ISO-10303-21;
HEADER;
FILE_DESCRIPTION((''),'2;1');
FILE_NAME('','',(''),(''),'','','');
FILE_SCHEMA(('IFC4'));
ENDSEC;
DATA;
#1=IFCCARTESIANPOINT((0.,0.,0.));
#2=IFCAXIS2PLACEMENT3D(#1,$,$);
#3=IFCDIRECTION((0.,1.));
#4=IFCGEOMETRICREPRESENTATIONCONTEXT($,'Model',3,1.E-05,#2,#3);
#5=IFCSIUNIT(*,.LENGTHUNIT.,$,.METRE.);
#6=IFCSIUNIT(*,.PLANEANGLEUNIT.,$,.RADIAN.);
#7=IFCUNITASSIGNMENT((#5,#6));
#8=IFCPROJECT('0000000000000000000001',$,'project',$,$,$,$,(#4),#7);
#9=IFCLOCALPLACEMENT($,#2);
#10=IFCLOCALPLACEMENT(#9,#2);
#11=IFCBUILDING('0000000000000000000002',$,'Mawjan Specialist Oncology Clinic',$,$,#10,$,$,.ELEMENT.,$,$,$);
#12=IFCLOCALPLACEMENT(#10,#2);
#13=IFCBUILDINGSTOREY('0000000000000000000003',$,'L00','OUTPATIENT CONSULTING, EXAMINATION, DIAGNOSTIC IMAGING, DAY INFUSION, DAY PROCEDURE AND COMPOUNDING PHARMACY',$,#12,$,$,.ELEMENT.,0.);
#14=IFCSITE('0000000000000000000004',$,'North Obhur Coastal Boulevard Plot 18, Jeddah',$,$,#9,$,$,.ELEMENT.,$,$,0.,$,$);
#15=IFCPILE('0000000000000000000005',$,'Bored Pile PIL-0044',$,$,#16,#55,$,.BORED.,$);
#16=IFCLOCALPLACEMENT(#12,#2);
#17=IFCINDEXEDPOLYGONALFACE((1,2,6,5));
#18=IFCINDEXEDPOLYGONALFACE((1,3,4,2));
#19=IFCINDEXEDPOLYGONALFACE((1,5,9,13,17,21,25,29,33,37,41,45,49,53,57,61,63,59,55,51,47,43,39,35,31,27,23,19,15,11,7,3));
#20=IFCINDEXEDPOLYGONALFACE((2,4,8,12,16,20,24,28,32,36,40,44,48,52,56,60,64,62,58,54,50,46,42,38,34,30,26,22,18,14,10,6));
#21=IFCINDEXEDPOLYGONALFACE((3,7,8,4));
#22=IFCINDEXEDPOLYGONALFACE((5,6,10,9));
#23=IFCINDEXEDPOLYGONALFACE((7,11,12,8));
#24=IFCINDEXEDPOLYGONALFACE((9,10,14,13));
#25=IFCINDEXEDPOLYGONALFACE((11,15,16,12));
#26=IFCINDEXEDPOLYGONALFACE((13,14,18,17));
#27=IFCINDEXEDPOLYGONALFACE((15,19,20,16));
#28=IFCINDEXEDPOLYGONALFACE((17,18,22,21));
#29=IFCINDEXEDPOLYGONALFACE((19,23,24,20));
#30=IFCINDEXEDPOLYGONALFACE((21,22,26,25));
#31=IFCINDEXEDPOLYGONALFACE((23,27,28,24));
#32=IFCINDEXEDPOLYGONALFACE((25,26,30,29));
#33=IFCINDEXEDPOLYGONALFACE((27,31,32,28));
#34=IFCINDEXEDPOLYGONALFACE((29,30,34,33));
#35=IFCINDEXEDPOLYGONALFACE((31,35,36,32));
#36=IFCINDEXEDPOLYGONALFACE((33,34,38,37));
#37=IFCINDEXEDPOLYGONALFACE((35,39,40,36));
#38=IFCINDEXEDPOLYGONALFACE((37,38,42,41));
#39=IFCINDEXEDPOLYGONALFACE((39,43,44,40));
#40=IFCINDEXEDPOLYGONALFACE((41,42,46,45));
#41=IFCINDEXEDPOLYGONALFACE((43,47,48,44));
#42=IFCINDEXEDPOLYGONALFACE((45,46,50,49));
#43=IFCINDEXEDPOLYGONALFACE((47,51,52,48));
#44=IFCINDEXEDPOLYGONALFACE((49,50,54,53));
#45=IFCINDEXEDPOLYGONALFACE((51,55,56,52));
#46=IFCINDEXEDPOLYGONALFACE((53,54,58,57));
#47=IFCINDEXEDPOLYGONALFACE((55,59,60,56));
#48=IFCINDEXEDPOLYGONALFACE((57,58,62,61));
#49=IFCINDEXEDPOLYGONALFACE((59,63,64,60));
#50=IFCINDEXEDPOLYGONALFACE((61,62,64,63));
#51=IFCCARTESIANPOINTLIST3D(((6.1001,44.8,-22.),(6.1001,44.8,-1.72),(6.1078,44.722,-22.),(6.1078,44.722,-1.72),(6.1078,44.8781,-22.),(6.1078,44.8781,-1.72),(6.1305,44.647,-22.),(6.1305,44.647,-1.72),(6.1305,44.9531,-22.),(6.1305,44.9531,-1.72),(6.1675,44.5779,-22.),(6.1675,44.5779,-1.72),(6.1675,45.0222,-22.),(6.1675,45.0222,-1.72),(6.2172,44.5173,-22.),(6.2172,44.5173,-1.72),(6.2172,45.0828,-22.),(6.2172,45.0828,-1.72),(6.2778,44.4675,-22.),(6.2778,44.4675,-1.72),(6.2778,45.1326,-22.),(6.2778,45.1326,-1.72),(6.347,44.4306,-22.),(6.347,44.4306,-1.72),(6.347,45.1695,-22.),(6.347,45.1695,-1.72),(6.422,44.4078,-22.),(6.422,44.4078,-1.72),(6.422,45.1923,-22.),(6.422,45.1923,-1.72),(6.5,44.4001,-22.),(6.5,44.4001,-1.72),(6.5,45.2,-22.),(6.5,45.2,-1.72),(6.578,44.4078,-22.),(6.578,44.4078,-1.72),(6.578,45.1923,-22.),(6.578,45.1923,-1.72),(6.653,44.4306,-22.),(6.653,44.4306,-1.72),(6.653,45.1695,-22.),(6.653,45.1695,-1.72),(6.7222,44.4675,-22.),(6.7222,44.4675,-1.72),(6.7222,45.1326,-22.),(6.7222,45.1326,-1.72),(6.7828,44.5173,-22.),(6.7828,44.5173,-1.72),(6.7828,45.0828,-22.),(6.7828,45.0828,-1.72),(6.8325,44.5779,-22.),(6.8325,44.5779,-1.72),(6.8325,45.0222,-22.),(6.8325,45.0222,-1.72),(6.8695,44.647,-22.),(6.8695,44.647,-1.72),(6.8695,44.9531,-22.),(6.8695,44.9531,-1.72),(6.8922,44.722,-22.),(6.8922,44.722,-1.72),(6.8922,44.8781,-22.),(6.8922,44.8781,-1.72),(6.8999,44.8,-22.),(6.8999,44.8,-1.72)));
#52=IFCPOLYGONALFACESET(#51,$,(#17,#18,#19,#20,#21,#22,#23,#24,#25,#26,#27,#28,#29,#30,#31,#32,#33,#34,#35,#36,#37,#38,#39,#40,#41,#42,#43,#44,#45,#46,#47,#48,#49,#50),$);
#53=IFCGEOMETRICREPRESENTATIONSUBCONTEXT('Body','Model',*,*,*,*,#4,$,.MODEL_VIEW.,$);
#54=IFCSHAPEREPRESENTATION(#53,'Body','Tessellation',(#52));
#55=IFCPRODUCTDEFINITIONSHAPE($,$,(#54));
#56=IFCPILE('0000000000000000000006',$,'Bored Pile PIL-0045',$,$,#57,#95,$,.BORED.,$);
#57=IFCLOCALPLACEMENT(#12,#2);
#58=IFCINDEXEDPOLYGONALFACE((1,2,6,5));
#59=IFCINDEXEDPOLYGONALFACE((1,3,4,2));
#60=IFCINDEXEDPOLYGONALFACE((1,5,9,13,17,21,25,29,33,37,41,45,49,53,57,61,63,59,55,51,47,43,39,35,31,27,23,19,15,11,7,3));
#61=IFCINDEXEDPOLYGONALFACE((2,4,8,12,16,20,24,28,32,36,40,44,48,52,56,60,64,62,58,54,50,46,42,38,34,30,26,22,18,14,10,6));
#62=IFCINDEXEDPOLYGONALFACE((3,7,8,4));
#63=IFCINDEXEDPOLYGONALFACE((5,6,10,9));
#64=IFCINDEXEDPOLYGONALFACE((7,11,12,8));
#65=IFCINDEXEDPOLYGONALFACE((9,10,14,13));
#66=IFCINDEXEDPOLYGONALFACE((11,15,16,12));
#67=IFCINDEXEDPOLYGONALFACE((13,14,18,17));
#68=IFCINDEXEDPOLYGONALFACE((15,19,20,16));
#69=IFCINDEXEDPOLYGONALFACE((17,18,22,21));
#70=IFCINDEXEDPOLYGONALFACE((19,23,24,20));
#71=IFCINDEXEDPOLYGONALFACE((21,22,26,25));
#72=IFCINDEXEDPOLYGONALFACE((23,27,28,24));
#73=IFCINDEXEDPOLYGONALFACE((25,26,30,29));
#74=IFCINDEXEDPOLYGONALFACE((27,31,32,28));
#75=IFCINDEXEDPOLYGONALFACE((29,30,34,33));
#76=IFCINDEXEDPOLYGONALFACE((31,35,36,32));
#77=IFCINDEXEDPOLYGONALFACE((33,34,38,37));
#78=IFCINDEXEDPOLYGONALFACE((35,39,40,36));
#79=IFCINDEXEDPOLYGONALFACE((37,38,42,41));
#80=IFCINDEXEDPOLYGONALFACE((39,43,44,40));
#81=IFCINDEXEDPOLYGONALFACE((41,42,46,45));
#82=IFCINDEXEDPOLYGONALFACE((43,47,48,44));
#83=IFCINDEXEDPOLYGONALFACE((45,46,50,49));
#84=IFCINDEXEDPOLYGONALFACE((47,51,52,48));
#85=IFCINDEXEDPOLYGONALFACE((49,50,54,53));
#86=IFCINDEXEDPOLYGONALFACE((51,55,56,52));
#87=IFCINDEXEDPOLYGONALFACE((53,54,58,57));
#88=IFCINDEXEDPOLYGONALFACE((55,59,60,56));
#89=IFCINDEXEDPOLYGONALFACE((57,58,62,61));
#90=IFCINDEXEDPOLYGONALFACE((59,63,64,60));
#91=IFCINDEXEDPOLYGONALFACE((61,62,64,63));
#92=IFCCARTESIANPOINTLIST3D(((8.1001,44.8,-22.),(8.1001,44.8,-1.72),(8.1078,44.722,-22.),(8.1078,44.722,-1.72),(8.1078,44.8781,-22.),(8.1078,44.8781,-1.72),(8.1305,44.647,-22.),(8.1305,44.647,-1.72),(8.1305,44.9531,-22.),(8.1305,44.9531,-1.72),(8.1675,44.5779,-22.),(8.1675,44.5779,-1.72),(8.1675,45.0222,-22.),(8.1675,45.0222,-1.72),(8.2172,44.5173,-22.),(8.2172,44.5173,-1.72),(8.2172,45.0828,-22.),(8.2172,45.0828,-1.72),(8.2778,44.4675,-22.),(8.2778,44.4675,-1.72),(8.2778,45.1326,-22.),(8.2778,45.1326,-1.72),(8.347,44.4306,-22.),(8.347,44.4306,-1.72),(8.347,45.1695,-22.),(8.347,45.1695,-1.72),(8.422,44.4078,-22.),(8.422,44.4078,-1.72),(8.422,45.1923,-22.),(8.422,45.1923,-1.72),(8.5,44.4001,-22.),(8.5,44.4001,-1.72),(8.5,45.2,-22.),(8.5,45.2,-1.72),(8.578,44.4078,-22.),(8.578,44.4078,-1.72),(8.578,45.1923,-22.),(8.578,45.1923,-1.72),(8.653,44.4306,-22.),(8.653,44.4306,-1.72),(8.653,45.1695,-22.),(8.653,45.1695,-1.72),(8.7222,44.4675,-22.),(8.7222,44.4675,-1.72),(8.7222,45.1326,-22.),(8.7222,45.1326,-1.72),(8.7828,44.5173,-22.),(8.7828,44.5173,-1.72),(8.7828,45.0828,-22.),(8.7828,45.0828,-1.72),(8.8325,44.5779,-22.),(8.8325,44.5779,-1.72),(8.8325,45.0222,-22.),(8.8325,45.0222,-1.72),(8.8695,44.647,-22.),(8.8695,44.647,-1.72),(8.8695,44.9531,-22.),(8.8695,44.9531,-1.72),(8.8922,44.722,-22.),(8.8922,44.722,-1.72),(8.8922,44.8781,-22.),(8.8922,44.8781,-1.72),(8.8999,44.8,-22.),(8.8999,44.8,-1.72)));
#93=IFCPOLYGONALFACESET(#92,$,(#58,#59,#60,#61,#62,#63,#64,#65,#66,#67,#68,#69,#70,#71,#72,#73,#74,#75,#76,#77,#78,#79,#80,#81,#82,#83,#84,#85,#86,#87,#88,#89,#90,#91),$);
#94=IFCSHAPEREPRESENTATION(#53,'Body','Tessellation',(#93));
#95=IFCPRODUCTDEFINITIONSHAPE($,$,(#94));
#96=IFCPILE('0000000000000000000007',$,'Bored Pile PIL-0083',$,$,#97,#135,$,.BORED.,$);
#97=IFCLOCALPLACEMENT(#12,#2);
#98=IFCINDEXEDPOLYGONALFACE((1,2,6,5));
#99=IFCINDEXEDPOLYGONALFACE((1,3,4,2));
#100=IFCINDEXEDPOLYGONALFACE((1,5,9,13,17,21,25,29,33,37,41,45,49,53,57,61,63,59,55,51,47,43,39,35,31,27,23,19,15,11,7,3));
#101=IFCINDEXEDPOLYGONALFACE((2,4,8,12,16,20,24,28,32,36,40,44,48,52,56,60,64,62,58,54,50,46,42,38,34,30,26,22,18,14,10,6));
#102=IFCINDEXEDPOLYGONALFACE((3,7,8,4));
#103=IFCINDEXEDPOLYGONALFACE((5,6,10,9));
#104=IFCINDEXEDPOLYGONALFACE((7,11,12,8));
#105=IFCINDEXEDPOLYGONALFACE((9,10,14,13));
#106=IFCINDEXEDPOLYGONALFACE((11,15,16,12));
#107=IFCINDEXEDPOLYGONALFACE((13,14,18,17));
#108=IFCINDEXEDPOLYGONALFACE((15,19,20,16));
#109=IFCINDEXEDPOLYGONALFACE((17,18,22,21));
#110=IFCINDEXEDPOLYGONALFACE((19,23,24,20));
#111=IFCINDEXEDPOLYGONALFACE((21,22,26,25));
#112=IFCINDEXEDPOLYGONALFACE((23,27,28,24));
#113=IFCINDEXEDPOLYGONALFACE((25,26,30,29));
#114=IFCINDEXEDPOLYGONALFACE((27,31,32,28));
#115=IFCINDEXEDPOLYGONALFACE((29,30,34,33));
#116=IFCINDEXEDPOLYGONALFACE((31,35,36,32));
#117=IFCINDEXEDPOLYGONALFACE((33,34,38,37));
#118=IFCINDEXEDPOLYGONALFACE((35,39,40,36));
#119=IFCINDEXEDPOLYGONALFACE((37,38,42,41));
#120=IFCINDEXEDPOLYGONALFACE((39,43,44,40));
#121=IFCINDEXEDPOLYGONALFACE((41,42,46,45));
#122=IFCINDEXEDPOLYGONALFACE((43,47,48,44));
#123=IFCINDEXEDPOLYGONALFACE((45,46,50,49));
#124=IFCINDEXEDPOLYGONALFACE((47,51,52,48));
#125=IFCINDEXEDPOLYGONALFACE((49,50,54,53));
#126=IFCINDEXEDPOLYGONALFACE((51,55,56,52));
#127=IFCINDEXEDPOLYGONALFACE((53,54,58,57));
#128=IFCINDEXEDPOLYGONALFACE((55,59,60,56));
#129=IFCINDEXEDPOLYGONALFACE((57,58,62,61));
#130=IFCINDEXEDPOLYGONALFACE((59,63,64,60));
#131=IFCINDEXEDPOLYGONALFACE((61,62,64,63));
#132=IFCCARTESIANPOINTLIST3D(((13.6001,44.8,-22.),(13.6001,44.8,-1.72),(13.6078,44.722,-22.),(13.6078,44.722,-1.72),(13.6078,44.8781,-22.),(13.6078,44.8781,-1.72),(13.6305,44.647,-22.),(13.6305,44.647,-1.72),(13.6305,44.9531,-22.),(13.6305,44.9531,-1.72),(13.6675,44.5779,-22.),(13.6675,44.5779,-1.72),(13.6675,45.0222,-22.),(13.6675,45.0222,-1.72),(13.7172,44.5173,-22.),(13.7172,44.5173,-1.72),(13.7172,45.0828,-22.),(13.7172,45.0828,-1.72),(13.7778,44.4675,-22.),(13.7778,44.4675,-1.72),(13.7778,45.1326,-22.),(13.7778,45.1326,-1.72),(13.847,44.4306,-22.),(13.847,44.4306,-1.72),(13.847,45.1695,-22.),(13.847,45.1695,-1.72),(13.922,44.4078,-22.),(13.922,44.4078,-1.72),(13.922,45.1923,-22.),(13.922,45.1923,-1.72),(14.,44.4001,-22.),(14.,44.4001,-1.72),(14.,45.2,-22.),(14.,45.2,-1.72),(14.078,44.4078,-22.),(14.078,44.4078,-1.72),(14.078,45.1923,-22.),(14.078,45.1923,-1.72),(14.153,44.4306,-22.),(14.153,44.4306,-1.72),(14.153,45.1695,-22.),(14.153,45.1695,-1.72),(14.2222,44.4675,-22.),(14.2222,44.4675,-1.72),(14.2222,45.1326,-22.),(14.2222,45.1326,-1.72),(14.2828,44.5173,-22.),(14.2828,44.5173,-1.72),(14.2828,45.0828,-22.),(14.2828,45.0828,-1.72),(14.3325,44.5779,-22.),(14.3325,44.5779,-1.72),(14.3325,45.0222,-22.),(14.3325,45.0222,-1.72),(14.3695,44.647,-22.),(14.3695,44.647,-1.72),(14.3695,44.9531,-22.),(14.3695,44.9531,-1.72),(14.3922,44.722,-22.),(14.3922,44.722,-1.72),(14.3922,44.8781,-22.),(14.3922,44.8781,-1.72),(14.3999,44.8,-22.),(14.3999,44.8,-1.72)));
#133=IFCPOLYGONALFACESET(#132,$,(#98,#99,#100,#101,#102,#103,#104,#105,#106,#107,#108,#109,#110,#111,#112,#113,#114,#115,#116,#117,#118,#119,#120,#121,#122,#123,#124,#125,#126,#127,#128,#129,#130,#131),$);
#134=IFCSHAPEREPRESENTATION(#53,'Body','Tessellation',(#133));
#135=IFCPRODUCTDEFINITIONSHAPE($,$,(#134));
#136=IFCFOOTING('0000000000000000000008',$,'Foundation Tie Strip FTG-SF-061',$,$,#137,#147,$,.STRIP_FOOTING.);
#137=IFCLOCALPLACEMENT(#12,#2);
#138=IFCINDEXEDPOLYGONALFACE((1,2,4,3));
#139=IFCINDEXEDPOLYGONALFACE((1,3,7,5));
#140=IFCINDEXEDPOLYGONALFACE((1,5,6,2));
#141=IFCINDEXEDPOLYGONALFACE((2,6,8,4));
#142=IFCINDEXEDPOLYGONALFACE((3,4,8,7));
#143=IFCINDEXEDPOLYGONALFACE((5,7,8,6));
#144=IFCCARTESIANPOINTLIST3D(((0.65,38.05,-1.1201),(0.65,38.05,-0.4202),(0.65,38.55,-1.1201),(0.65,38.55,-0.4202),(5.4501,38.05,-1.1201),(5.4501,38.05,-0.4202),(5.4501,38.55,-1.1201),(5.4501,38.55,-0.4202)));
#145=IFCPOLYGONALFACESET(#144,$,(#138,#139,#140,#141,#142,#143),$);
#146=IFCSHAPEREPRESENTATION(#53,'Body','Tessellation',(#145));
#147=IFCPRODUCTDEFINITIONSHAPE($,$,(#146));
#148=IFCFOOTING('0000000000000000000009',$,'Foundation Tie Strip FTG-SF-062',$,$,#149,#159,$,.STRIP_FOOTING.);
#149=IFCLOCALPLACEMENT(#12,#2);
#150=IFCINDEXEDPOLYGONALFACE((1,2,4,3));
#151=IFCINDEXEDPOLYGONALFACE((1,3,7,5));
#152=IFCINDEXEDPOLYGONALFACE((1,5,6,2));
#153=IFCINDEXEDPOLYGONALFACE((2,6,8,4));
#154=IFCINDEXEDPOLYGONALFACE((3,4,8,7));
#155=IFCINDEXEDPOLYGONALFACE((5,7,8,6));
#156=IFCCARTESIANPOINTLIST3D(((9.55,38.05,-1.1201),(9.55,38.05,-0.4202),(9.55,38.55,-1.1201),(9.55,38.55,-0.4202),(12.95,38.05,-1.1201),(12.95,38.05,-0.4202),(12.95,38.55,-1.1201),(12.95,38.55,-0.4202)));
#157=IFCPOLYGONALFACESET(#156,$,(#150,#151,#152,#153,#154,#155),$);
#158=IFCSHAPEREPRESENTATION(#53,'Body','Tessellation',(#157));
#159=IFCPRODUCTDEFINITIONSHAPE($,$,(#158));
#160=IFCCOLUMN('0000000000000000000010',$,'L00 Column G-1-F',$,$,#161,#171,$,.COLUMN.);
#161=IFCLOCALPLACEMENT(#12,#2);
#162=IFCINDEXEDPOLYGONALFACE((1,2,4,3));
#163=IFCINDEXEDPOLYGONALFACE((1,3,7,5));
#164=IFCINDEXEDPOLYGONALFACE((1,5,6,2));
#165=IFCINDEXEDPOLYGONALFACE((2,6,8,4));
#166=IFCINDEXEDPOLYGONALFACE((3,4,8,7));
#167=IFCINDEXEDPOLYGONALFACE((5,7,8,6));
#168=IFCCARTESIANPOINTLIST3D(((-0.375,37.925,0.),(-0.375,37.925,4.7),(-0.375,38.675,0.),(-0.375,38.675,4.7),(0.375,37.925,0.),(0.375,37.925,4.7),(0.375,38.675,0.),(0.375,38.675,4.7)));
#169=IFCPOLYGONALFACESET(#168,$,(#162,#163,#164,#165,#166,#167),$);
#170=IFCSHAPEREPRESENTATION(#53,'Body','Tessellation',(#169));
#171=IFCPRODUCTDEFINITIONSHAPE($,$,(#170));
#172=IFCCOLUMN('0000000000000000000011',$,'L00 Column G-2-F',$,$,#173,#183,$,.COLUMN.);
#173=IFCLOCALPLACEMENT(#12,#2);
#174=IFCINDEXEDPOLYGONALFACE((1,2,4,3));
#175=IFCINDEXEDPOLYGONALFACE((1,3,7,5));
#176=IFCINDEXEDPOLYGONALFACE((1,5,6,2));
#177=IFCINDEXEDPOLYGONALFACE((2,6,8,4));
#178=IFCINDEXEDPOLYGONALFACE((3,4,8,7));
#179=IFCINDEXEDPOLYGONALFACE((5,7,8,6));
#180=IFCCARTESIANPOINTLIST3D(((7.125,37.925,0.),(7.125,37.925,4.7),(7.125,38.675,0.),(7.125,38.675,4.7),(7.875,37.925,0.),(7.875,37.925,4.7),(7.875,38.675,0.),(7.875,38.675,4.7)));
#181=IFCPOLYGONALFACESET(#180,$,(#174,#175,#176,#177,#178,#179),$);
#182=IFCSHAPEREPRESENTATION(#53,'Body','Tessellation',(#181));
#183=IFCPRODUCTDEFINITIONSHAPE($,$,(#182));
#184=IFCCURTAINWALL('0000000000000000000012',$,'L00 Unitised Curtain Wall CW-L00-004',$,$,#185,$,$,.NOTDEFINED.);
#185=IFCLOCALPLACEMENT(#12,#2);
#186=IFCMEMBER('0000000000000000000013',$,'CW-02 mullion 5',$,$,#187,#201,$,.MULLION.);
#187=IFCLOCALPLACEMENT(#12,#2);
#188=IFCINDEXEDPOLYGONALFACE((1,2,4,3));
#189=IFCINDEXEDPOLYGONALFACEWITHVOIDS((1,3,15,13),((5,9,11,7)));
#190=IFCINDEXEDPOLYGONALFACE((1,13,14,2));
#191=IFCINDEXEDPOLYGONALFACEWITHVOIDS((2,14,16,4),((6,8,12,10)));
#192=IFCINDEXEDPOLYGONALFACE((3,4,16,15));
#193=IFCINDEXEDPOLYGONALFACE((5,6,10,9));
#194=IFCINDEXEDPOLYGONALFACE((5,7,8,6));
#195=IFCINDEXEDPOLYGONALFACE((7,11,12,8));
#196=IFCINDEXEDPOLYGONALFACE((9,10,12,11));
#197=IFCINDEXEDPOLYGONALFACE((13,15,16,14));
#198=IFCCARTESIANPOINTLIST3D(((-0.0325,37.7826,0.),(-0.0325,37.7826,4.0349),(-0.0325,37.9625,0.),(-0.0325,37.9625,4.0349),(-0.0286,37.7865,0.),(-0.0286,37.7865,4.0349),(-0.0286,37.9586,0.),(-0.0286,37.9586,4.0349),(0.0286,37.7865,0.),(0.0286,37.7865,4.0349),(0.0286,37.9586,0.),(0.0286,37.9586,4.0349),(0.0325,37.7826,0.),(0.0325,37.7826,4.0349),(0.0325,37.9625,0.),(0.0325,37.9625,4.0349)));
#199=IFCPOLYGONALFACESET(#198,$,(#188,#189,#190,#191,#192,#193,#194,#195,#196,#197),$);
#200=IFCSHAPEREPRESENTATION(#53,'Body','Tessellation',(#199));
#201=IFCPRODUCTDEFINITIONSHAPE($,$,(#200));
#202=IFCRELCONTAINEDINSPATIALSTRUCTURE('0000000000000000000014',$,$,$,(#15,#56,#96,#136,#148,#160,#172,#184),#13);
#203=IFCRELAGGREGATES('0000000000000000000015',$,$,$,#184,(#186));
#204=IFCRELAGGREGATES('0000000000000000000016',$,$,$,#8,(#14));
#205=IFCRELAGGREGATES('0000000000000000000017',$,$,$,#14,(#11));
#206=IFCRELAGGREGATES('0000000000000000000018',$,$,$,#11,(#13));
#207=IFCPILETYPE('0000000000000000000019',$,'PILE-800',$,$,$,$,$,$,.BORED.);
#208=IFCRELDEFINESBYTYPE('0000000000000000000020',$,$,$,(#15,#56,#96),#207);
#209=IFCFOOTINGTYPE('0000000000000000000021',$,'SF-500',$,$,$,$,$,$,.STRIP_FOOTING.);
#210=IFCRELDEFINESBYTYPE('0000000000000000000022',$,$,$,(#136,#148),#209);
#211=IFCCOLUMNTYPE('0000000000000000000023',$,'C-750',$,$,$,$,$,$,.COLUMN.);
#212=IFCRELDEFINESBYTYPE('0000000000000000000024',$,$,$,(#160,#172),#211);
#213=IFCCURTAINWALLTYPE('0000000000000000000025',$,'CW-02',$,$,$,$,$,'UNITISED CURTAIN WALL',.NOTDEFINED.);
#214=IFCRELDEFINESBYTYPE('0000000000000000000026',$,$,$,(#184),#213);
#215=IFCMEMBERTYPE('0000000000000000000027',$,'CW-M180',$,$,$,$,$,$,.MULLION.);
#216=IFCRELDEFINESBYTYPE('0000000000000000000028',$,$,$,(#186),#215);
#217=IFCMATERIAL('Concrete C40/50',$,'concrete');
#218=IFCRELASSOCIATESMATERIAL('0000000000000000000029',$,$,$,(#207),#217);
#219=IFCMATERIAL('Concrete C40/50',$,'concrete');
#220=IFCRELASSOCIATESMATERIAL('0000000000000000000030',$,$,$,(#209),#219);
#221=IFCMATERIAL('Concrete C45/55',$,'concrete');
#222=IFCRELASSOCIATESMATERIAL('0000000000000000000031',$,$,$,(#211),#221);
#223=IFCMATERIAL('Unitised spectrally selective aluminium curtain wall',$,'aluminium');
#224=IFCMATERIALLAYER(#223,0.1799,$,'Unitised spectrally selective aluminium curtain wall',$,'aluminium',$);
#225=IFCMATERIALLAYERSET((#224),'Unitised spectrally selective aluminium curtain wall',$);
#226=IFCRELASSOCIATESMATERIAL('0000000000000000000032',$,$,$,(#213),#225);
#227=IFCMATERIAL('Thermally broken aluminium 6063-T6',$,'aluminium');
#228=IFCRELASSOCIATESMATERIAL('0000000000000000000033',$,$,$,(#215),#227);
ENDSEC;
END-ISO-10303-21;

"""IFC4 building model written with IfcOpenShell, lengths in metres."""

from ifc_helpers import new_model, si_unit, direction, frame, origin, origin_2d, place, context, subcontext, project, spatial, rectangle, hollow_rectangle, circle, extrude, material, layer, layer_set, material_profile, profile_set, type_object, element, aggregate, save


model = new_model("IFC4")

# Units and contexts
model_context = context("Model", 3, precision=1e-05, world=origin(), true_north=direction((0.0, 1.0)))
body_context = subcontext(model_context, "Body", "Model", "MODEL_VIEW")
ifc_project = project(units=[si_unit("LENGTHUNIT", "METRE"), si_unit("PLANEANGLEUNIT", "RADIAN")], contexts=[model_context])

# Site, building, storey
site_placement = place(None, origin())
site = spatial("IfcSite", under=ifc_project, at=site_placement, Name="North Obhur Coastal Boulevard Plot 18, Jeddah", CompositionType="ELEMENT", RefElevation=0.0)
building_placement = place(site_placement, origin())
building = spatial("IfcBuilding", under=site, at=building_placement, Name="Mawjan Specialist Oncology Clinic", CompositionType="ELEMENT")
storey_placement = place(building_placement, origin())
storey = spatial("IfcBuildingStorey", under=building, at=storey_placement, Name="L00", Description="OUTPATIENT CONSULTING, EXAMINATION, DIAGNOSTIC IMAGING, DAY INFUSION, DAY PROCEDURE AND COMPOUNDING PHARMACY", CompositionType="ELEMENT", Elevation=0.0)

# Piles
ifc_material_1 = material(Name="Concrete C40/50", Category="concrete")
ifc_material_profile_1 = material_profile(ifc_material_1, circle(Radius=0.3999, at=origin_2d()), Name="BORED PILE D800", Category="concrete")
ifc_profile_set_1 = profile_set([ifc_material_profile_1], Name="Concrete C40/50")
pile_type_1 = type_object("IfcPileType", Name="PILE-800", PredefinedType="BORED", material=ifc_profile_set_1)
for number, where, z_axis, x_axis, name in (
    (1, (6.5, 44.8, -1.72), (0.0, 0.0, -1.0), (1.0, 0.0, 0.0), "Bored Pile PIL-0044"),
    (2, (8.5, 44.8, -1.72), (0.0, 0.0, -1.0), (1.0, 0.0, 0.0), "Bored Pile PIL-0045"),
    (3, (14.0, 44.8, -1.72), (0.0, 0.0, -1.0), (1.0, 0.0, 0.0), "Bored Pile PIL-0083"),
):
    element("IfcPile", number, at=place(storey_placement, frame(where, z_axis=z_axis, x_axis=x_axis)), inside=storey, type_object=pile_type_1, Name=name, PredefinedType="BORED", context=body_context, shape_type="SweptSolid", body=[
        extrude(circle(Radius=0.3999, at=origin_2d()), origin(), (0.0, 0.0, 1.0), 20.28),
    ])

# Footings
ifc_material_2 = material(Name="Concrete C40/50", Category="concrete")
footing_type_1 = type_object("IfcFootingType", Name="SF-500", PredefinedType="STRIP_FOOTING", material=ifc_material_2)
footing_1_placement = place(storey_placement, frame((3.05, 38.3, -1.1201), z_axis=(0.0, 0.0, 1.0), x_axis=(1.0, 0.0, 0.0)))
element("IfcFooting", 4, at=footing_1_placement, inside=storey, type_object=footing_type_1, Name="Foundation Tie Strip FTG-SF-061", PredefinedType="STRIP_FOOTING", context=body_context, shape_type="SweptSolid", body=[
    extrude(rectangle(XDim=4.8, YDim=0.5, at=origin_2d()), origin(), (0.0, 0.0, 1.0), 0.7),
])
footing_2_placement = place(storey_placement, frame((11.25, 38.3, -1.1201), z_axis=(0.0, 0.0, 1.0), x_axis=(1.0, 0.0, 0.0)))
element("IfcFooting", 5, at=footing_2_placement, inside=storey, type_object=footing_type_1, Name="Foundation Tie Strip FTG-SF-062", PredefinedType="STRIP_FOOTING", context=body_context, shape_type="SweptSolid", body=[
    extrude(rectangle(XDim=3.3999, YDim=0.5, at=origin_2d()), origin(), (0.0, 0.0, 1.0), 0.7),
])

# Columns
ifc_material_3 = material(Name="Concrete C45/55", Category="concrete")
ifc_material_profile_2 = material_profile(ifc_material_3, rectangle(XDim=0.75, YDim=0.75, at=origin_2d()), Name="RC COL 750x750", Category="concrete")
ifc_profile_set_2 = profile_set([ifc_material_profile_2], Name="Concrete C45/55")
column_type = type_object("IfcColumnType", Name="C-750", PredefinedType="COLUMN", material=ifc_profile_set_2)
for number, where, z_axis, x_axis, name in (
    (6, (0.0, 38.3, 0.0), (0.0, 0.0, 1.0), (1.0, 0.0, 0.0), "L00 Column G-1-F"),
    (7, (7.5, 38.3, 0.0), (0.0, 0.0, 1.0), (1.0, 0.0, 0.0), "L00 Column G-2-F"),
):
    element("IfcColumn", number, at=place(storey_placement, frame(where, z_axis=z_axis, x_axis=x_axis)), inside=storey, type_object=column_type, Name=name, PredefinedType="COLUMN", context=body_context, shape_type="SweptSolid", body=[
        extrude(rectangle(XDim=0.75, YDim=0.75, at=origin_2d()), origin(), (0.0, 0.0, 1.0), 4.7),
    ])

# Curtain wall, member
ifc_material_4 = material(Name="Unitised spectrally selective aluminium curtain wall", Category="aluminium")
ifc_layer_1 = layer(ifc_material_4, 0.1799, Name="Unitised spectrally selective aluminium curtain wall", Category="aluminium")
ifc_layer_set_1 = layer_set([ifc_layer_1], Name="Unitised spectrally selective aluminium curtain wall")
curtain_wall_type = type_object("IfcCurtainWallType", Name="CW-02", ElementType="UNITISED CURTAIN WALL", PredefinedType="NOTDEFINED", material=ifc_layer_set_1)
curtain_wall_placement = place(storey_placement, origin())
curtain_wall = element("IfcCurtainWall", 8, at=curtain_wall_placement, inside=storey, type_object=curtain_wall_type, Name="L00 Unitised Curtain Wall CW-L00-004", PredefinedType="NOTDEFINED")
ifc_material_5 = material(Name="Thermally broken aluminium 6063-T6", Category="aluminium")
ifc_material_profile_3 = material_profile(ifc_material_5, hollow_rectangle(XDim=0.0649, YDim=0.1799, WallThickness=0.0039, at=origin_2d()), Name="ALU MULLION 180x65x4", Category="aluminium")
ifc_profile_set_3 = profile_set([ifc_material_profile_3], Name="Thermally broken aluminium 6063-T6")
member_type = type_object("IfcMemberType", Name="CW-M180", PredefinedType="MULLION", material=ifc_profile_set_3)
member_placement = place(storey_placement, frame((0.0, 37.8726, 0.0), z_axis=(0.0, 0.0, 1.0), x_axis=(-1.0, 0.0, 0.0)))
member = element("IfcMember", 9, at=member_placement, type_object=member_type, Name="CW-02 mullion 5", PredefinedType="MULLION", context=body_context, shape_type="SweptSolid", body=[
    extrude(hollow_rectangle(XDim=0.0649, YDim=0.1799, WallThickness=0.0039, at=origin_2d()), origin(), (0.0, 0.0, 1.0), 4.0349),
])
aggregate(curtain_wall, [member])

save(model, "model.ifc")
